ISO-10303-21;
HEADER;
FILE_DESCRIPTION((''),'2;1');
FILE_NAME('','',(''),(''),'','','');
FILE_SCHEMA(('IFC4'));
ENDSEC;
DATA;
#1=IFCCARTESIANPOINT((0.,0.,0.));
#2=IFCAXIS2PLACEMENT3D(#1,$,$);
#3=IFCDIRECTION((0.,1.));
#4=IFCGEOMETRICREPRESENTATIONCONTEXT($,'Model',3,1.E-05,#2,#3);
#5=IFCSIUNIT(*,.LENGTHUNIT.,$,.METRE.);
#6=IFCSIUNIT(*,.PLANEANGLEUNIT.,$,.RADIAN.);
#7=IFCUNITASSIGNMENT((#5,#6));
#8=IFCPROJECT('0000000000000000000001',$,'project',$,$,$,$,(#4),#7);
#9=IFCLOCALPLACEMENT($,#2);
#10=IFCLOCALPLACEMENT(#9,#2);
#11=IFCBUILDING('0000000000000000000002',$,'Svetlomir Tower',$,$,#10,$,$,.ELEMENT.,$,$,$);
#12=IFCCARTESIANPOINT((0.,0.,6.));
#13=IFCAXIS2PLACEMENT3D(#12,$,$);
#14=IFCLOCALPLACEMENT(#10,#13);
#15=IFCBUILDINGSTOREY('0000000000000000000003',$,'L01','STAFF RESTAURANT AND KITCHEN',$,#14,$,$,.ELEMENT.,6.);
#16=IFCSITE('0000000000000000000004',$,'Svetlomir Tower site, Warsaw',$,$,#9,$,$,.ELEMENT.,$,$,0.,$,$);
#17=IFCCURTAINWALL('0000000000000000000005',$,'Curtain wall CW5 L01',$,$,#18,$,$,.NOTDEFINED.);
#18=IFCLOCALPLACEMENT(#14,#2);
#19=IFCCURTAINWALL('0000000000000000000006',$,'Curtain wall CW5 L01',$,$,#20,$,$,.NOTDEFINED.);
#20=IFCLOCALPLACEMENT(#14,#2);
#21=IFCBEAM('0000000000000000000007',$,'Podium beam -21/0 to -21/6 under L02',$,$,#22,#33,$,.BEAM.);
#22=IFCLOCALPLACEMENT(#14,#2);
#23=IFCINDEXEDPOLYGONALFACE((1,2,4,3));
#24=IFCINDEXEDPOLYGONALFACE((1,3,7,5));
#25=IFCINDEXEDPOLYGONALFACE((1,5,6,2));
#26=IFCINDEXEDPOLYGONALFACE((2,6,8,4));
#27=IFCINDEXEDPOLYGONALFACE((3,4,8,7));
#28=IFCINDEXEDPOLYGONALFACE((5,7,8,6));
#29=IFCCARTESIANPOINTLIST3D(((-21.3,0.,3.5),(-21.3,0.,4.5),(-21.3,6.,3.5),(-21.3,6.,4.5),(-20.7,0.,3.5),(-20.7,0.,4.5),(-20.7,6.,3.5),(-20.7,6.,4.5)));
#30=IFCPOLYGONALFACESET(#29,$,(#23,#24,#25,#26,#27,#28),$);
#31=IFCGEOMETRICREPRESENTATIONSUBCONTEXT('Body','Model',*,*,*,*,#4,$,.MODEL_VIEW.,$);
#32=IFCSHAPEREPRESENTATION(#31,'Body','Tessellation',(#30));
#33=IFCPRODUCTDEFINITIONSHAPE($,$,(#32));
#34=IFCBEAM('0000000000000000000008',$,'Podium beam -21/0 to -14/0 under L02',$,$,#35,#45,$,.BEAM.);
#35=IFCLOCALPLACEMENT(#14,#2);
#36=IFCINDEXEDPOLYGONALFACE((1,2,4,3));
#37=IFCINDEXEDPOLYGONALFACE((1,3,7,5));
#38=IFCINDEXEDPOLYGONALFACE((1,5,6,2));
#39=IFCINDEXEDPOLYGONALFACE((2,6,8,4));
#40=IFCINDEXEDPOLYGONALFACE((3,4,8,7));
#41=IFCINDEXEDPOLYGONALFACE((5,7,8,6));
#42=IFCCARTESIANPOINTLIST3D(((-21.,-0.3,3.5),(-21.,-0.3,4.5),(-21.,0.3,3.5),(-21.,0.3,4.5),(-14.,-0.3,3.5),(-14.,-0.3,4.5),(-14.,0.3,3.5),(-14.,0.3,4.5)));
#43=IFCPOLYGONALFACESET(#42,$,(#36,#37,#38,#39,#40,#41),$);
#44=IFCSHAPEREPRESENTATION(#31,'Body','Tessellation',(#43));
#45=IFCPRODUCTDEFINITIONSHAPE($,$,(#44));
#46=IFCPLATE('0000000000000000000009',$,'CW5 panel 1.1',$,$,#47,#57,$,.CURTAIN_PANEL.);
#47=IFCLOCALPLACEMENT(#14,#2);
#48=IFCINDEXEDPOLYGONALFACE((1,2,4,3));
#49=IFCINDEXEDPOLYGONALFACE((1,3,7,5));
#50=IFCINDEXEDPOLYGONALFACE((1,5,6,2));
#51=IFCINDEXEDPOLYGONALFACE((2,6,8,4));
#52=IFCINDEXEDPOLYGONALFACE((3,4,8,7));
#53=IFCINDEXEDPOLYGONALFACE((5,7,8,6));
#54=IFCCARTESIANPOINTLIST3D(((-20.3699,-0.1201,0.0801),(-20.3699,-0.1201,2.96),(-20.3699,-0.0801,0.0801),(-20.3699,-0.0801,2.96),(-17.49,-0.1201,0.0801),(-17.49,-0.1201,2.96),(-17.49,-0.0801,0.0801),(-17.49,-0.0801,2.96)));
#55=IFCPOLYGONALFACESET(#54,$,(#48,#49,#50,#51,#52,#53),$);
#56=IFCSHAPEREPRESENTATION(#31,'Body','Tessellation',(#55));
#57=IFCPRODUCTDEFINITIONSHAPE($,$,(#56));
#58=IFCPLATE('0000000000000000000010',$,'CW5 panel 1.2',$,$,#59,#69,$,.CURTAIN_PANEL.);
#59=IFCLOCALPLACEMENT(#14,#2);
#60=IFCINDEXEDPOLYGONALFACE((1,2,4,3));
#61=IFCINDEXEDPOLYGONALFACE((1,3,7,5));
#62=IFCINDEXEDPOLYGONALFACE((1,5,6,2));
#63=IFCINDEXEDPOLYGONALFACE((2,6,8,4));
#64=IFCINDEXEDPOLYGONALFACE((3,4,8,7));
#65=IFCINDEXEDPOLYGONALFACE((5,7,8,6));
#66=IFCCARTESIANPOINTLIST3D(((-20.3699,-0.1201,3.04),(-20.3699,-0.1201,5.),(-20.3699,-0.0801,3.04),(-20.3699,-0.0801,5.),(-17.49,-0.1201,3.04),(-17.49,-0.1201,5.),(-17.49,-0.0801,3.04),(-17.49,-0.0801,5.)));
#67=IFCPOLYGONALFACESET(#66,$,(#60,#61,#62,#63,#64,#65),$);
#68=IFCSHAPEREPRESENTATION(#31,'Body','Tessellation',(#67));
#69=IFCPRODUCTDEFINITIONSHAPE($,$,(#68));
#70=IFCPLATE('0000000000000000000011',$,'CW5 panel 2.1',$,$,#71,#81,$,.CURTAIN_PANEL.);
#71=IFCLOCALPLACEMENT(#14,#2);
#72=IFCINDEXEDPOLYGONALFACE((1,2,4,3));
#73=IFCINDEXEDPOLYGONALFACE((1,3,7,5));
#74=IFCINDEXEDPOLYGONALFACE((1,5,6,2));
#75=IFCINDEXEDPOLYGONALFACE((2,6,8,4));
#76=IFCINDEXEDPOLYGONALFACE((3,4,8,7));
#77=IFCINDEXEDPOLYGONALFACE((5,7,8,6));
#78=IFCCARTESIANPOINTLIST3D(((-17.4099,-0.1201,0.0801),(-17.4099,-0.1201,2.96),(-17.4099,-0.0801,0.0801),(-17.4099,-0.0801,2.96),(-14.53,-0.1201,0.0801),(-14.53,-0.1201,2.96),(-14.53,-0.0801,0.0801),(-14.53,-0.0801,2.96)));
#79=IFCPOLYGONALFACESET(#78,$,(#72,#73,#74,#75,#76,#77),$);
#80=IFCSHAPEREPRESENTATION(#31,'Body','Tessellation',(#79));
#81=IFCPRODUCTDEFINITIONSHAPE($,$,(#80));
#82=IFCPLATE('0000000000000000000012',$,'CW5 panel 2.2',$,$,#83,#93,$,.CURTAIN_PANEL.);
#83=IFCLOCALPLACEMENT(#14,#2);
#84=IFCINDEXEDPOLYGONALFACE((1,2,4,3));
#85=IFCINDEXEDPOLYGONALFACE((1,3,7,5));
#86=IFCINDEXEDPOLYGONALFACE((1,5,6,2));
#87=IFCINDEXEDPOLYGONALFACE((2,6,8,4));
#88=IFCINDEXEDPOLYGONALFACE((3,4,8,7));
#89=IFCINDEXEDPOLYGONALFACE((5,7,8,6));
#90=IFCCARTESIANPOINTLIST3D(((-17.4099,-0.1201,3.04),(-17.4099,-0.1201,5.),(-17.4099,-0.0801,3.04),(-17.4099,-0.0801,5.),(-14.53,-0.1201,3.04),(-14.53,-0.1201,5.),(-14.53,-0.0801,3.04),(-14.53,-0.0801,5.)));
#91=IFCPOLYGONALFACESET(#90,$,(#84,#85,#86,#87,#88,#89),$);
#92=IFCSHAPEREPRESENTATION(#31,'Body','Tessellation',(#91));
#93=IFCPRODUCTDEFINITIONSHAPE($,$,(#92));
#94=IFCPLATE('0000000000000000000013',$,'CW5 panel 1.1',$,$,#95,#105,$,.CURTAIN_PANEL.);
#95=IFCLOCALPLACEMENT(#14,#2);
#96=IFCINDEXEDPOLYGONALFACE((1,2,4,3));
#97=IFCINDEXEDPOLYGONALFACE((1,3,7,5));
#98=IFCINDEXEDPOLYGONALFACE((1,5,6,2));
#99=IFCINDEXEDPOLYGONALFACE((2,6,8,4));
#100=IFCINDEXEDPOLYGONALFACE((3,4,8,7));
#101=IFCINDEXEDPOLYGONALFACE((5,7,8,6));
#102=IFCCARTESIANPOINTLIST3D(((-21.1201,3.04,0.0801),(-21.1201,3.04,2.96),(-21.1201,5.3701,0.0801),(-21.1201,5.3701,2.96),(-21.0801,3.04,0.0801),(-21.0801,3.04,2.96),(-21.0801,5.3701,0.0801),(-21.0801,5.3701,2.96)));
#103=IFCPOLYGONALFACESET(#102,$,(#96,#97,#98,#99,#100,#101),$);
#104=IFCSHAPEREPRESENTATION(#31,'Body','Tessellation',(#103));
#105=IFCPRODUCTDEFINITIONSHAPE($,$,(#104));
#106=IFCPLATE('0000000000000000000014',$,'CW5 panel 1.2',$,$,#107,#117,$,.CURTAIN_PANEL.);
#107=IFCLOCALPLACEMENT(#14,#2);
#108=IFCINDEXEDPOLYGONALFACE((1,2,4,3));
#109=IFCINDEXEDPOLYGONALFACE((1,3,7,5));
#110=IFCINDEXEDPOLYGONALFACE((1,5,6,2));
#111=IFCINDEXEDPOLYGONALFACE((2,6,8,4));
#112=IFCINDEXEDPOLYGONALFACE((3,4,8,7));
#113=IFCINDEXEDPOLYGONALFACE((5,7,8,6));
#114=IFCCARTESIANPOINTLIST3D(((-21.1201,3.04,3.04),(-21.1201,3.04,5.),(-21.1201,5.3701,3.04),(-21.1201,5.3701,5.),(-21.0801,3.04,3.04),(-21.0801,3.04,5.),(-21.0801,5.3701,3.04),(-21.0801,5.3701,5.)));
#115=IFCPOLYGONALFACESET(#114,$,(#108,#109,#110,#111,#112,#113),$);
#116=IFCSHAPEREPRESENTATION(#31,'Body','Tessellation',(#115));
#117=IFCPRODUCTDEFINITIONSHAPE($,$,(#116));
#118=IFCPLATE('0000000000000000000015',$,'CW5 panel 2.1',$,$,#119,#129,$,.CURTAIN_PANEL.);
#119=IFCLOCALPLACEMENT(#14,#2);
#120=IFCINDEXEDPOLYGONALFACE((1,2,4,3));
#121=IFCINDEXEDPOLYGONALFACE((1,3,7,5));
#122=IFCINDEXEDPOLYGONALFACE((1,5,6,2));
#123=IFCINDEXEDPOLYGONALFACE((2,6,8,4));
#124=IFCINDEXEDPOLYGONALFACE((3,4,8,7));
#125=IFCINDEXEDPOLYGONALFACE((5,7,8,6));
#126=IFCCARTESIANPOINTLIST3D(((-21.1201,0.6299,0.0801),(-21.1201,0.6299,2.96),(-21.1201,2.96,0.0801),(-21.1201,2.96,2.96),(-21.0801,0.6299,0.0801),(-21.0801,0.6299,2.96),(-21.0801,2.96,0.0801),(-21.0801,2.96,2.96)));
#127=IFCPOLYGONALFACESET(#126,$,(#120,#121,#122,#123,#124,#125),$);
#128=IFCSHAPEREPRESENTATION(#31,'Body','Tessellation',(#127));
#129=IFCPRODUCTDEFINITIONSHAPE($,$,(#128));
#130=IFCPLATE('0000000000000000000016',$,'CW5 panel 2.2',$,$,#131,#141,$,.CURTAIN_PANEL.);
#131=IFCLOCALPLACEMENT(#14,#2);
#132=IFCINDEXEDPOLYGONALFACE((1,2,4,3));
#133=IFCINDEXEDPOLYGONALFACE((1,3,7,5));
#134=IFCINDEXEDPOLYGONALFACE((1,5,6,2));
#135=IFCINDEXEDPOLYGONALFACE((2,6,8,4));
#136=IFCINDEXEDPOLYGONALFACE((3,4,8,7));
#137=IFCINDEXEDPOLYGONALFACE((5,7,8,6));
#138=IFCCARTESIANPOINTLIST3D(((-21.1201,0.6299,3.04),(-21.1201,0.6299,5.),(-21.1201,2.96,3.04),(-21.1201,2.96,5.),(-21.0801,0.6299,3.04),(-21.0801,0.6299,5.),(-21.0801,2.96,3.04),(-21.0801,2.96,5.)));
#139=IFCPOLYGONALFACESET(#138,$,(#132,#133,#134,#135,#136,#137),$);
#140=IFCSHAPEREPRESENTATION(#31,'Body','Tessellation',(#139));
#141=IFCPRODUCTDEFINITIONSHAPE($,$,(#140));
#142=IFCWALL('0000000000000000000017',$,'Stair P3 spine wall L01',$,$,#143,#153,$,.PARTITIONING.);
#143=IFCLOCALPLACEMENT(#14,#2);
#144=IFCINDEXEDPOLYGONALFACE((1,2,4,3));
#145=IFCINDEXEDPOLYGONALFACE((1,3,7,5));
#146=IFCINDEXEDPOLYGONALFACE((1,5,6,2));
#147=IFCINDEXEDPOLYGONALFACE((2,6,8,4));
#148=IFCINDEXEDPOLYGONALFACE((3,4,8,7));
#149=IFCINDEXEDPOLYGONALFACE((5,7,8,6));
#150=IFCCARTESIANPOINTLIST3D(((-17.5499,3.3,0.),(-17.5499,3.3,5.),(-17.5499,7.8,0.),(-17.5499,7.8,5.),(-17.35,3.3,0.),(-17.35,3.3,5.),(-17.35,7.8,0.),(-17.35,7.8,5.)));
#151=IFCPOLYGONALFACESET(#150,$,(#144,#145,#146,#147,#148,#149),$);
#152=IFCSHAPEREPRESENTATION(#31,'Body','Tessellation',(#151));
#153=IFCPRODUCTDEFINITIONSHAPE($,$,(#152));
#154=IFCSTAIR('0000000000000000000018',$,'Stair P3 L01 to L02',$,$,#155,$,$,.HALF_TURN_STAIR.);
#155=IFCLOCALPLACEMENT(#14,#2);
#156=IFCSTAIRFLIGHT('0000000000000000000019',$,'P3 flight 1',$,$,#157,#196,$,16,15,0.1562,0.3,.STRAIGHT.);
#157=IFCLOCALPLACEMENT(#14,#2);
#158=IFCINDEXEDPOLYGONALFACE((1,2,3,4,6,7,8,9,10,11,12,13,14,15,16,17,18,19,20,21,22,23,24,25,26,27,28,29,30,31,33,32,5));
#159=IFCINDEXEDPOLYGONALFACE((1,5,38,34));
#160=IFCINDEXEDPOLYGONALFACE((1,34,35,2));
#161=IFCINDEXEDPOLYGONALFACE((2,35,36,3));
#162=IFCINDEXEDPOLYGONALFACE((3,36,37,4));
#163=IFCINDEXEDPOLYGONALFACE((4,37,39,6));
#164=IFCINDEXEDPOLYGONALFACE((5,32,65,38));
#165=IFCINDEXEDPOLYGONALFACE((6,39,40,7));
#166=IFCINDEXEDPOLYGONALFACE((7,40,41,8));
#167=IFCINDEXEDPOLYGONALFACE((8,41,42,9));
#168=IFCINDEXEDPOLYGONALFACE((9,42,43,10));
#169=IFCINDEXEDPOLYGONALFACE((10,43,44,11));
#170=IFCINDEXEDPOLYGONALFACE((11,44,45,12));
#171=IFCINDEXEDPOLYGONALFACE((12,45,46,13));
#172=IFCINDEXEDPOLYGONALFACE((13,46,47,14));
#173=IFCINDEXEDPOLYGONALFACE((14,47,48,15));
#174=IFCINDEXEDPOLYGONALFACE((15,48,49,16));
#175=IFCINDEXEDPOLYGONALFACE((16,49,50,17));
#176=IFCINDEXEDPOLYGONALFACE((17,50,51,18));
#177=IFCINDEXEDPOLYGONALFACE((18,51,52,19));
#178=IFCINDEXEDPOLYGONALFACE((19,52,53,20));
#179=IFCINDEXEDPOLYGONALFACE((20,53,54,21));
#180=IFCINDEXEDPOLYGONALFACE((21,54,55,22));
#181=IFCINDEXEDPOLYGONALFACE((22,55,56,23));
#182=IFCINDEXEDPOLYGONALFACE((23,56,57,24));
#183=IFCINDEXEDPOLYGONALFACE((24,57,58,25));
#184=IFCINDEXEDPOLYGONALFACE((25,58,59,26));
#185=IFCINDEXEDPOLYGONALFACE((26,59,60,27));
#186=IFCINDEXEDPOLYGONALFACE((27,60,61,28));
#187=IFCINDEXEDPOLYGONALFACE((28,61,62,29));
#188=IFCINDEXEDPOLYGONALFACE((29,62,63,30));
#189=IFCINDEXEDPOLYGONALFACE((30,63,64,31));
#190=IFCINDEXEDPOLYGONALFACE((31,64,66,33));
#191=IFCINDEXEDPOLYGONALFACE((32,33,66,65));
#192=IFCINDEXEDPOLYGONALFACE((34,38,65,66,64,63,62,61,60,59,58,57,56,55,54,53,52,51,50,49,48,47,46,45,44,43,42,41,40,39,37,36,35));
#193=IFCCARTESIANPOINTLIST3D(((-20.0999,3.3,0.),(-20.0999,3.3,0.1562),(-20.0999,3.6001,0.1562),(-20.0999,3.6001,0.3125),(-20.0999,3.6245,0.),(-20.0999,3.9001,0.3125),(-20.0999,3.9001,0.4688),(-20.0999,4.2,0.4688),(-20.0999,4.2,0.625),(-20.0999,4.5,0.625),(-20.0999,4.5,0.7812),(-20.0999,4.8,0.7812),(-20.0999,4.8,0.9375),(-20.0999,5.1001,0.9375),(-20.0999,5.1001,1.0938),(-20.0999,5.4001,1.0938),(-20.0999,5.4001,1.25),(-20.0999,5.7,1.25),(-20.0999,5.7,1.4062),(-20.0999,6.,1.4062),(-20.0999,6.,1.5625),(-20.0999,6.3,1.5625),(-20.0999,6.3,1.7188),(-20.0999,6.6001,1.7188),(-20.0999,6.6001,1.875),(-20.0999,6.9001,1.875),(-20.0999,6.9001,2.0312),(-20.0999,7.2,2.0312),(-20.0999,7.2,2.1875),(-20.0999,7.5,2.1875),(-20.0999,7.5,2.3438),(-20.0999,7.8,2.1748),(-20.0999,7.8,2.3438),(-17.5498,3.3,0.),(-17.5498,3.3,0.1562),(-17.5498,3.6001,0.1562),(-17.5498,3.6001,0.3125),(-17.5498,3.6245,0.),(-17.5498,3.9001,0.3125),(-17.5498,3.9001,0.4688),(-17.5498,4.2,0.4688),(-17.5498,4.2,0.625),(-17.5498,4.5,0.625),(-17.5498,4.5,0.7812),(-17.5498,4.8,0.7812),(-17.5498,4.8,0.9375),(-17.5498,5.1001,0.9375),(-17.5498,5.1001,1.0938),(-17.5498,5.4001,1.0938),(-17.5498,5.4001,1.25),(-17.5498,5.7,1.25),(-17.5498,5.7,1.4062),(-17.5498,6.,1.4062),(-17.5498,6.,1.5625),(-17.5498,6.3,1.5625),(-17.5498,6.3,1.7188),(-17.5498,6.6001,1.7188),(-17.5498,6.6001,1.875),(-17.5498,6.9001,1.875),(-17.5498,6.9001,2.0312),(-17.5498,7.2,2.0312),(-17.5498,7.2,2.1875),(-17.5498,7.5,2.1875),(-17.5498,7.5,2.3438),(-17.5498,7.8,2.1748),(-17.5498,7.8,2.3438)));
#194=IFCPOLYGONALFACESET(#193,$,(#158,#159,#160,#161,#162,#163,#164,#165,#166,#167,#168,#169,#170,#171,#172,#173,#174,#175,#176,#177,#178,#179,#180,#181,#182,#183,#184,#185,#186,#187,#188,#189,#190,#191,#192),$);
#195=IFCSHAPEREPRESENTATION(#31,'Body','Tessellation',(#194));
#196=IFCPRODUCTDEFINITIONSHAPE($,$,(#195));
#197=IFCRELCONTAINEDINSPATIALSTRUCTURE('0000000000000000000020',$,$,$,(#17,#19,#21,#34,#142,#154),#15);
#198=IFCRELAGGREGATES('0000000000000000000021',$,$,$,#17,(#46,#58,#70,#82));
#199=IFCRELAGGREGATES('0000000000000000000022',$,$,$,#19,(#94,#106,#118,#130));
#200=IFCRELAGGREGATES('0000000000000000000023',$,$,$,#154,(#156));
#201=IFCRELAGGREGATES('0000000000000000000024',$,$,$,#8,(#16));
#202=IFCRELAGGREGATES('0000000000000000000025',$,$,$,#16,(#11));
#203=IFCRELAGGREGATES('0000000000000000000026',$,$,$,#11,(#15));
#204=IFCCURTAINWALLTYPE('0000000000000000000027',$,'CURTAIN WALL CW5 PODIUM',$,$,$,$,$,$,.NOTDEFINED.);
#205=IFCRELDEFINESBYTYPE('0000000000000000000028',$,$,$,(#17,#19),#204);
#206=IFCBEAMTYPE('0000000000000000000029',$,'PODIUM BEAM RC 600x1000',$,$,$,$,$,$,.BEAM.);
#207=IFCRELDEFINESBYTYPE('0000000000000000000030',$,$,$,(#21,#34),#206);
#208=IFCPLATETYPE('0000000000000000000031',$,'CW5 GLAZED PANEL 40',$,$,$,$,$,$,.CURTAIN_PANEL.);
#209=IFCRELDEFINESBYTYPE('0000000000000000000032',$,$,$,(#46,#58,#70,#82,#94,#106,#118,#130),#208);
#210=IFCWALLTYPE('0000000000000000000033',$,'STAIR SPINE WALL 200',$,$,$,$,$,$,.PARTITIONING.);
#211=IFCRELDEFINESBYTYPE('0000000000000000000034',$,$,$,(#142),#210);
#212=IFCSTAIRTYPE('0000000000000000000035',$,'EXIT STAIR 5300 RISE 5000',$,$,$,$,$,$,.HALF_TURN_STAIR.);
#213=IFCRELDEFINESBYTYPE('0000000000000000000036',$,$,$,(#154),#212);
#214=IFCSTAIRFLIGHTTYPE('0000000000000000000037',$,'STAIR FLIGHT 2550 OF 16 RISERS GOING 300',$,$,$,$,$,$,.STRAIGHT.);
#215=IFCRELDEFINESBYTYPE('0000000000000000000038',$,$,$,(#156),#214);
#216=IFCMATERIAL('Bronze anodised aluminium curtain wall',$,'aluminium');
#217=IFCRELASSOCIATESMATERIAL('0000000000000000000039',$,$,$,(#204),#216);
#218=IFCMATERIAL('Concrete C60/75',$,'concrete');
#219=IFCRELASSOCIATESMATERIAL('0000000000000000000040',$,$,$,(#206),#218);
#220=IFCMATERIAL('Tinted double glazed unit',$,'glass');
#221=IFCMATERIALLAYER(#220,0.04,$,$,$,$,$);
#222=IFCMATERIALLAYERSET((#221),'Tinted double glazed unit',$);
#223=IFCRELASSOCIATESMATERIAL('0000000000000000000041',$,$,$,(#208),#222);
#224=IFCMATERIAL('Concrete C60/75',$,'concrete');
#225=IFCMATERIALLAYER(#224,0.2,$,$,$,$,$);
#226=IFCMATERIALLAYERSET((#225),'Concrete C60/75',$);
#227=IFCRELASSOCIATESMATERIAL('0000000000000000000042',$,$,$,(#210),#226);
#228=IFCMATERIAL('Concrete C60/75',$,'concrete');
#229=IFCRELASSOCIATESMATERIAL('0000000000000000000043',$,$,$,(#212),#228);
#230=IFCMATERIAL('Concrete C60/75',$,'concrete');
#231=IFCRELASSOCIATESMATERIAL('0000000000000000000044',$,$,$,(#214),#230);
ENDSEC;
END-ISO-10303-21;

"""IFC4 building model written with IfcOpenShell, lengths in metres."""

from ifc_helpers import new_model, si_unit, direction, frame, frame_2d, origin, origin_2d, place, context, subcontext, project, spatial, polyline, rectangle, outline, extrude, material, layer, layer_set, material_profile, profile_set, type_object, element, aggregate, save


model = new_model("IFC4")

# Units and contexts
model_context = context("Model", 3, precision=1e-05, world=origin(), true_north=direction((0.0, 1.0)))
body_context = subcontext(model_context, "Body", "Model", "MODEL_VIEW")
ifc_project = project(units=[si_unit("LENGTHUNIT", "METRE"), si_unit("PLANEANGLEUNIT", "RADIAN")], contexts=[model_context])

# Site, building, storey
site_placement = place(None, origin())
site = spatial("IfcSite", under=ifc_project, at=site_placement, Name="Svetlomir Tower site, Warsaw", CompositionType="ELEMENT", RefElevation=0.0)
building_placement = place(site_placement, origin())
building = spatial("IfcBuilding", under=site, at=building_placement, Name="Svetlomir Tower", CompositionType="ELEMENT")
storey_placement = place(building_placement, frame((0.0, 0.0, 6.0)))
storey = spatial("IfcBuildingStorey", under=building, at=storey_placement, Name="L01", Description="STAFF RESTAURANT AND KITCHEN", CompositionType="ELEMENT", Elevation=6.0)

# Curtain walls
ifc_material_1 = material(Name="Bronze anodised aluminium curtain wall", Category="aluminium")
curtain_wall_type = type_object("IfcCurtainWallType", Name="CURTAIN WALL CW5 PODIUM", PredefinedType="NOTDEFINED", material=ifc_material_1)
curtain_wall_1_placement = place(storey_placement, origin())
curtain_wall_1 = element("IfcCurtainWall", 1, at=curtain_wall_1_placement, inside=storey, type_object=curtain_wall_type, Name="Curtain wall CW5 L01", PredefinedType="NOTDEFINED")
curtain_wall_2_placement = place(storey_placement, origin())
curtain_wall_2 = element("IfcCurtainWall", 2, at=curtain_wall_2_placement, inside=storey, type_object=curtain_wall_type, Name="Curtain wall CW5 L01", PredefinedType="NOTDEFINED")

# Beams
ifc_material_2 = material(Name="Concrete C60/75", Category="concrete")
ifc_material_profile_1 = material_profile(ifc_material_2, rectangle(XDim=0.6001, YDim=1.0, at=origin_2d()), Name="RC 600x1000")
ifc_profile_set_1 = profile_set([ifc_material_profile_1], Name="Concrete C60/75")
beam_type = type_object("IfcBeamType", Name="PODIUM BEAM RC 600x1000", PredefinedType="BEAM", material=ifc_profile_set_1)
beam_1_placement = place(storey_placement, frame((-21.0, 0.0, 4.0), z_axis=(0.0, 1.0, 0.0), x_axis=(-1.0, 0.0, 0.0)))
element("IfcBeam", 3, at=beam_1_placement, inside=storey, type_object=beam_type, Name="Podium beam -21/0 to -21/6 under L02", PredefinedType="BEAM", context=body_context, shape_type="SweptSolid", body=[
    extrude(rectangle(XDim=0.6001, YDim=1.0, at=origin_2d()), origin(), (0.0, 0.0, 1.0), 6.0),
])
beam_2_placement = place(storey_placement, frame((-21.0, 0.0, 4.0), z_axis=(1.0, 0.0, 0.0), x_axis=(0.0, 1.0, 0.0)))
element("IfcBeam", 4, at=beam_2_placement, inside=storey, type_object=beam_type, Name="Podium beam -21/0 to -14/0 under L02", PredefinedType="BEAM", context=body_context, shape_type="SweptSolid", body=[
    extrude(rectangle(XDim=0.6001, YDim=1.0, at=origin_2d()), origin(), (0.0, 0.0, 1.0), 7.0),
])

# Plates
ifc_material_3 = material(Name="Tinted double glazed unit", Category="glass")
ifc_layer_1 = layer(ifc_material_3, 0.04)
ifc_layer_set_1 = layer_set([ifc_layer_1], Name="Tinted double glazed unit")
plate_type = type_object("IfcPlateType", Name="CW5 GLAZED PANEL 40", PredefinedType="CURTAIN_PANEL", material=ifc_layer_set_1)
plate_1_placement = place(storey_placement, frame((-18.9299, -0.1001, 0.0801), z_axis=(0.0, 0.0, 1.0), x_axis=(1.0, 0.0, 0.0)))
plate_1 = element("IfcPlate", 5, at=plate_1_placement, type_object=plate_type, Name="CW5 panel 1.1", PredefinedType="CURTAIN_PANEL", context=body_context, shape_type="SweptSolid", body=[
    extrude(rectangle(XDim=2.8799, YDim=0.04, at=origin_2d()), origin(), (0.0, 0.0, 1.0), 2.8799),
])
plate_2_placement = place(storey_placement, frame((-18.9299, -0.1001, 3.04), z_axis=(0.0, 0.0, 1.0), x_axis=(1.0, 0.0, 0.0)))
plate_2 = element("IfcPlate", 6, at=plate_2_placement, type_object=plate_type, Name="CW5 panel 1.2", PredefinedType="CURTAIN_PANEL", context=body_context, shape_type="SweptSolid", body=[
    extrude(rectangle(XDim=2.8799, YDim=0.04, at=origin_2d()), origin(), (0.0, 0.0, 1.0), 1.96),
])
plate_3_placement = place(storey_placement, frame((-15.97, -0.1001, 0.0801), z_axis=(0.0, 0.0, 1.0), x_axis=(1.0, 0.0, 0.0)))
plate_3 = element("IfcPlate", 7, at=plate_3_placement, type_object=plate_type, Name="CW5 panel 2.1", PredefinedType="CURTAIN_PANEL", context=body_context, shape_type="SweptSolid", body=[
    extrude(rectangle(XDim=2.8799, YDim=0.04, at=origin_2d()), origin(), (0.0, 0.0, 1.0), 2.8799),
])
plate_4_placement = place(storey_placement, frame((-15.97, -0.1001, 3.04), z_axis=(0.0, 0.0, 1.0), x_axis=(1.0, 0.0, 0.0)))
plate_4 = element("IfcPlate", 8, at=plate_4_placement, type_object=plate_type, Name="CW5 panel 2.2", PredefinedType="CURTAIN_PANEL", context=body_context, shape_type="SweptSolid", body=[
    extrude(rectangle(XDim=2.8799, YDim=0.04, at=origin_2d()), origin(), (0.0, 0.0, 1.0), 1.96),
])
aggregate(curtain_wall_1, [plate_1, plate_2, plate_3, plate_4])
plate_5_placement = place(storey_placement, frame((-21.1001, 4.2051, 0.0801), z_axis=(0.0, 0.0, 1.0), x_axis=(0.0, -1.0, 0.0)))
plate_5 = element("IfcPlate", 9, at=plate_5_placement, type_object=plate_type, Name="CW5 panel 1.1", PredefinedType="CURTAIN_PANEL", context=body_context, shape_type="SweptSolid", body=[
    extrude(rectangle(XDim=2.3301, YDim=0.04, at=origin_2d()), origin(), (0.0, 0.0, 1.0), 2.8799),
])
plate_6_placement = place(storey_placement, frame((-21.1001, 4.2051, 3.04), z_axis=(0.0, 0.0, 1.0), x_axis=(0.0, -1.0, 0.0)))
plate_6 = element("IfcPlate", 10, at=plate_6_placement, type_object=plate_type, Name="CW5 panel 1.2", PredefinedType="CURTAIN_PANEL", context=body_context, shape_type="SweptSolid", body=[
    extrude(rectangle(XDim=2.3301, YDim=0.04, at=origin_2d()), origin(), (0.0, 0.0, 1.0), 1.96),
])
plate_7_placement = place(storey_placement, frame((-21.1001, 1.7949, 0.0801), z_axis=(0.0, 0.0, 1.0), x_axis=(0.0, -1.0, 0.0)))
plate_7 = element("IfcPlate", 11, at=plate_7_placement, type_object=plate_type, Name="CW5 panel 2.1", PredefinedType="CURTAIN_PANEL", context=body_context, shape_type="SweptSolid", body=[
    extrude(rectangle(XDim=2.3301, YDim=0.04, at=origin_2d()), origin(), (0.0, 0.0, 1.0), 2.8799),
])
plate_8_placement = place(storey_placement, frame((-21.1001, 1.7949, 3.04), z_axis=(0.0, 0.0, 1.0), x_axis=(0.0, -1.0, 0.0)))
plate_8 = element("IfcPlate", 12, at=plate_8_placement, type_object=plate_type, Name="CW5 panel 2.2", PredefinedType="CURTAIN_PANEL", context=body_context, shape_type="SweptSolid", body=[
    extrude(rectangle(XDim=2.3301, YDim=0.04, at=origin_2d()), origin(), (0.0, 0.0, 1.0), 1.96),
])
aggregate(curtain_wall_2, [plate_5, plate_6, plate_7, plate_8])

# Wall
ifc_material_4 = material(Name="Concrete C60/75", Category="concrete")
ifc_layer_2 = layer(ifc_material_4, 0.2)
ifc_layer_set_2 = layer_set([ifc_layer_2], Name="Concrete C60/75")
wall_type = type_object("IfcWallType", Name="STAIR SPINE WALL 200", PredefinedType="PARTITIONING", material=ifc_layer_set_2)
wall_placement = place(storey_placement, frame((-17.45, 3.3, 0.0), z_axis=(0.0, 0.0, 1.0), x_axis=(0.0, 1.0, 0.0)))
element("IfcWall", 13, at=wall_placement, inside=storey, type_object=wall_type, Name="Stair P3 spine wall L01", PredefinedType="PARTITIONING", context=body_context, shape_type="SweptSolid", body=[
    extrude(rectangle(XDim=4.5, YDim=0.2, at=frame_2d((2.25, 0.0))), origin(), (0.0, 0.0, 1.0), 5.0),
])

# Stair, stair flight
ifc_material_5 = material(Name="Concrete C60/75", Category="concrete")
stair_type = type_object("IfcStairType", Name="EXIT STAIR 5300 RISE 5000", PredefinedType="HALF_TURN_STAIR", material=ifc_material_5)
stair_placement = place(storey_placement, origin())
stair = element("IfcStair", 14, at=stair_placement, inside=storey, type_object=stair_type, Name="Stair P3 L01 to L02", PredefinedType="HALF_TURN_STAIR")
ifc_material_6 = material(Name="Concrete C60/75", Category="concrete")
stair_flight_type = type_object("IfcStairFlightType", Name="STAIR FLIGHT 2550 OF 16 RISERS GOING 300", PredefinedType="STRAIGHT", material=ifc_material_6)
stair_flight_placement = place(storey_placement, frame((-18.825, 3.3, 0.0), z_axis=(0.0, 0.0, 1.0), x_axis=(0.0, 1.0, 0.0)))
stair_flight = element("IfcStairFlight", 15, at=stair_flight_placement, type_object=stair_flight_type, Name="P3 flight 1", NumberOfRisers=16, NumberOfTreads=15, PredefinedType="STRAIGHT", RiserHeight=0.1562, TreadLength=0.3, context=body_context, shape_type="SweptSolid", body=[
    extrude(outline(polyline([(0.0, 0.0), (0.0, 0.1562), (0.3, 0.1562), (0.3, 0.3125), (0.6001, 0.3125), (0.6001, 0.4688), (0.8999, 0.4688), (0.8999, 0.625), (1.2, 0.625), (1.2, 0.7812), (1.5, 0.7812), (1.5, 0.9375), (1.8, 0.9375), (1.8, 1.0938), (2.1001, 1.0938), (2.1001, 1.25), (2.3999, 1.25), (2.3999, 1.4062), (2.7, 1.4062), (2.7, 1.5625), (3.0, 1.5625), (3.0, 1.7188), (3.3, 1.7188), (3.3, 1.875), (3.6001, 1.875), (3.6001, 2.0312), (3.8999, 2.0312), (3.8999, 2.1875), (4.2, 2.1875), (4.2, 2.3438), (4.5, 2.3438), (4.5, 2.5), (4.5, 2.1748), (0.3245, 0.0), (0.0, 0.0)])), frame((0.0, 1.2749, 0.0), z_axis=(0.0, -1.0, 0.0), x_axis=(1.0, 0.0, 0.0)), (0.0, 0.0, 1.0), 2.55),
])
aggregate(stair, [stair_flight])

save(model, "model.ifc")
